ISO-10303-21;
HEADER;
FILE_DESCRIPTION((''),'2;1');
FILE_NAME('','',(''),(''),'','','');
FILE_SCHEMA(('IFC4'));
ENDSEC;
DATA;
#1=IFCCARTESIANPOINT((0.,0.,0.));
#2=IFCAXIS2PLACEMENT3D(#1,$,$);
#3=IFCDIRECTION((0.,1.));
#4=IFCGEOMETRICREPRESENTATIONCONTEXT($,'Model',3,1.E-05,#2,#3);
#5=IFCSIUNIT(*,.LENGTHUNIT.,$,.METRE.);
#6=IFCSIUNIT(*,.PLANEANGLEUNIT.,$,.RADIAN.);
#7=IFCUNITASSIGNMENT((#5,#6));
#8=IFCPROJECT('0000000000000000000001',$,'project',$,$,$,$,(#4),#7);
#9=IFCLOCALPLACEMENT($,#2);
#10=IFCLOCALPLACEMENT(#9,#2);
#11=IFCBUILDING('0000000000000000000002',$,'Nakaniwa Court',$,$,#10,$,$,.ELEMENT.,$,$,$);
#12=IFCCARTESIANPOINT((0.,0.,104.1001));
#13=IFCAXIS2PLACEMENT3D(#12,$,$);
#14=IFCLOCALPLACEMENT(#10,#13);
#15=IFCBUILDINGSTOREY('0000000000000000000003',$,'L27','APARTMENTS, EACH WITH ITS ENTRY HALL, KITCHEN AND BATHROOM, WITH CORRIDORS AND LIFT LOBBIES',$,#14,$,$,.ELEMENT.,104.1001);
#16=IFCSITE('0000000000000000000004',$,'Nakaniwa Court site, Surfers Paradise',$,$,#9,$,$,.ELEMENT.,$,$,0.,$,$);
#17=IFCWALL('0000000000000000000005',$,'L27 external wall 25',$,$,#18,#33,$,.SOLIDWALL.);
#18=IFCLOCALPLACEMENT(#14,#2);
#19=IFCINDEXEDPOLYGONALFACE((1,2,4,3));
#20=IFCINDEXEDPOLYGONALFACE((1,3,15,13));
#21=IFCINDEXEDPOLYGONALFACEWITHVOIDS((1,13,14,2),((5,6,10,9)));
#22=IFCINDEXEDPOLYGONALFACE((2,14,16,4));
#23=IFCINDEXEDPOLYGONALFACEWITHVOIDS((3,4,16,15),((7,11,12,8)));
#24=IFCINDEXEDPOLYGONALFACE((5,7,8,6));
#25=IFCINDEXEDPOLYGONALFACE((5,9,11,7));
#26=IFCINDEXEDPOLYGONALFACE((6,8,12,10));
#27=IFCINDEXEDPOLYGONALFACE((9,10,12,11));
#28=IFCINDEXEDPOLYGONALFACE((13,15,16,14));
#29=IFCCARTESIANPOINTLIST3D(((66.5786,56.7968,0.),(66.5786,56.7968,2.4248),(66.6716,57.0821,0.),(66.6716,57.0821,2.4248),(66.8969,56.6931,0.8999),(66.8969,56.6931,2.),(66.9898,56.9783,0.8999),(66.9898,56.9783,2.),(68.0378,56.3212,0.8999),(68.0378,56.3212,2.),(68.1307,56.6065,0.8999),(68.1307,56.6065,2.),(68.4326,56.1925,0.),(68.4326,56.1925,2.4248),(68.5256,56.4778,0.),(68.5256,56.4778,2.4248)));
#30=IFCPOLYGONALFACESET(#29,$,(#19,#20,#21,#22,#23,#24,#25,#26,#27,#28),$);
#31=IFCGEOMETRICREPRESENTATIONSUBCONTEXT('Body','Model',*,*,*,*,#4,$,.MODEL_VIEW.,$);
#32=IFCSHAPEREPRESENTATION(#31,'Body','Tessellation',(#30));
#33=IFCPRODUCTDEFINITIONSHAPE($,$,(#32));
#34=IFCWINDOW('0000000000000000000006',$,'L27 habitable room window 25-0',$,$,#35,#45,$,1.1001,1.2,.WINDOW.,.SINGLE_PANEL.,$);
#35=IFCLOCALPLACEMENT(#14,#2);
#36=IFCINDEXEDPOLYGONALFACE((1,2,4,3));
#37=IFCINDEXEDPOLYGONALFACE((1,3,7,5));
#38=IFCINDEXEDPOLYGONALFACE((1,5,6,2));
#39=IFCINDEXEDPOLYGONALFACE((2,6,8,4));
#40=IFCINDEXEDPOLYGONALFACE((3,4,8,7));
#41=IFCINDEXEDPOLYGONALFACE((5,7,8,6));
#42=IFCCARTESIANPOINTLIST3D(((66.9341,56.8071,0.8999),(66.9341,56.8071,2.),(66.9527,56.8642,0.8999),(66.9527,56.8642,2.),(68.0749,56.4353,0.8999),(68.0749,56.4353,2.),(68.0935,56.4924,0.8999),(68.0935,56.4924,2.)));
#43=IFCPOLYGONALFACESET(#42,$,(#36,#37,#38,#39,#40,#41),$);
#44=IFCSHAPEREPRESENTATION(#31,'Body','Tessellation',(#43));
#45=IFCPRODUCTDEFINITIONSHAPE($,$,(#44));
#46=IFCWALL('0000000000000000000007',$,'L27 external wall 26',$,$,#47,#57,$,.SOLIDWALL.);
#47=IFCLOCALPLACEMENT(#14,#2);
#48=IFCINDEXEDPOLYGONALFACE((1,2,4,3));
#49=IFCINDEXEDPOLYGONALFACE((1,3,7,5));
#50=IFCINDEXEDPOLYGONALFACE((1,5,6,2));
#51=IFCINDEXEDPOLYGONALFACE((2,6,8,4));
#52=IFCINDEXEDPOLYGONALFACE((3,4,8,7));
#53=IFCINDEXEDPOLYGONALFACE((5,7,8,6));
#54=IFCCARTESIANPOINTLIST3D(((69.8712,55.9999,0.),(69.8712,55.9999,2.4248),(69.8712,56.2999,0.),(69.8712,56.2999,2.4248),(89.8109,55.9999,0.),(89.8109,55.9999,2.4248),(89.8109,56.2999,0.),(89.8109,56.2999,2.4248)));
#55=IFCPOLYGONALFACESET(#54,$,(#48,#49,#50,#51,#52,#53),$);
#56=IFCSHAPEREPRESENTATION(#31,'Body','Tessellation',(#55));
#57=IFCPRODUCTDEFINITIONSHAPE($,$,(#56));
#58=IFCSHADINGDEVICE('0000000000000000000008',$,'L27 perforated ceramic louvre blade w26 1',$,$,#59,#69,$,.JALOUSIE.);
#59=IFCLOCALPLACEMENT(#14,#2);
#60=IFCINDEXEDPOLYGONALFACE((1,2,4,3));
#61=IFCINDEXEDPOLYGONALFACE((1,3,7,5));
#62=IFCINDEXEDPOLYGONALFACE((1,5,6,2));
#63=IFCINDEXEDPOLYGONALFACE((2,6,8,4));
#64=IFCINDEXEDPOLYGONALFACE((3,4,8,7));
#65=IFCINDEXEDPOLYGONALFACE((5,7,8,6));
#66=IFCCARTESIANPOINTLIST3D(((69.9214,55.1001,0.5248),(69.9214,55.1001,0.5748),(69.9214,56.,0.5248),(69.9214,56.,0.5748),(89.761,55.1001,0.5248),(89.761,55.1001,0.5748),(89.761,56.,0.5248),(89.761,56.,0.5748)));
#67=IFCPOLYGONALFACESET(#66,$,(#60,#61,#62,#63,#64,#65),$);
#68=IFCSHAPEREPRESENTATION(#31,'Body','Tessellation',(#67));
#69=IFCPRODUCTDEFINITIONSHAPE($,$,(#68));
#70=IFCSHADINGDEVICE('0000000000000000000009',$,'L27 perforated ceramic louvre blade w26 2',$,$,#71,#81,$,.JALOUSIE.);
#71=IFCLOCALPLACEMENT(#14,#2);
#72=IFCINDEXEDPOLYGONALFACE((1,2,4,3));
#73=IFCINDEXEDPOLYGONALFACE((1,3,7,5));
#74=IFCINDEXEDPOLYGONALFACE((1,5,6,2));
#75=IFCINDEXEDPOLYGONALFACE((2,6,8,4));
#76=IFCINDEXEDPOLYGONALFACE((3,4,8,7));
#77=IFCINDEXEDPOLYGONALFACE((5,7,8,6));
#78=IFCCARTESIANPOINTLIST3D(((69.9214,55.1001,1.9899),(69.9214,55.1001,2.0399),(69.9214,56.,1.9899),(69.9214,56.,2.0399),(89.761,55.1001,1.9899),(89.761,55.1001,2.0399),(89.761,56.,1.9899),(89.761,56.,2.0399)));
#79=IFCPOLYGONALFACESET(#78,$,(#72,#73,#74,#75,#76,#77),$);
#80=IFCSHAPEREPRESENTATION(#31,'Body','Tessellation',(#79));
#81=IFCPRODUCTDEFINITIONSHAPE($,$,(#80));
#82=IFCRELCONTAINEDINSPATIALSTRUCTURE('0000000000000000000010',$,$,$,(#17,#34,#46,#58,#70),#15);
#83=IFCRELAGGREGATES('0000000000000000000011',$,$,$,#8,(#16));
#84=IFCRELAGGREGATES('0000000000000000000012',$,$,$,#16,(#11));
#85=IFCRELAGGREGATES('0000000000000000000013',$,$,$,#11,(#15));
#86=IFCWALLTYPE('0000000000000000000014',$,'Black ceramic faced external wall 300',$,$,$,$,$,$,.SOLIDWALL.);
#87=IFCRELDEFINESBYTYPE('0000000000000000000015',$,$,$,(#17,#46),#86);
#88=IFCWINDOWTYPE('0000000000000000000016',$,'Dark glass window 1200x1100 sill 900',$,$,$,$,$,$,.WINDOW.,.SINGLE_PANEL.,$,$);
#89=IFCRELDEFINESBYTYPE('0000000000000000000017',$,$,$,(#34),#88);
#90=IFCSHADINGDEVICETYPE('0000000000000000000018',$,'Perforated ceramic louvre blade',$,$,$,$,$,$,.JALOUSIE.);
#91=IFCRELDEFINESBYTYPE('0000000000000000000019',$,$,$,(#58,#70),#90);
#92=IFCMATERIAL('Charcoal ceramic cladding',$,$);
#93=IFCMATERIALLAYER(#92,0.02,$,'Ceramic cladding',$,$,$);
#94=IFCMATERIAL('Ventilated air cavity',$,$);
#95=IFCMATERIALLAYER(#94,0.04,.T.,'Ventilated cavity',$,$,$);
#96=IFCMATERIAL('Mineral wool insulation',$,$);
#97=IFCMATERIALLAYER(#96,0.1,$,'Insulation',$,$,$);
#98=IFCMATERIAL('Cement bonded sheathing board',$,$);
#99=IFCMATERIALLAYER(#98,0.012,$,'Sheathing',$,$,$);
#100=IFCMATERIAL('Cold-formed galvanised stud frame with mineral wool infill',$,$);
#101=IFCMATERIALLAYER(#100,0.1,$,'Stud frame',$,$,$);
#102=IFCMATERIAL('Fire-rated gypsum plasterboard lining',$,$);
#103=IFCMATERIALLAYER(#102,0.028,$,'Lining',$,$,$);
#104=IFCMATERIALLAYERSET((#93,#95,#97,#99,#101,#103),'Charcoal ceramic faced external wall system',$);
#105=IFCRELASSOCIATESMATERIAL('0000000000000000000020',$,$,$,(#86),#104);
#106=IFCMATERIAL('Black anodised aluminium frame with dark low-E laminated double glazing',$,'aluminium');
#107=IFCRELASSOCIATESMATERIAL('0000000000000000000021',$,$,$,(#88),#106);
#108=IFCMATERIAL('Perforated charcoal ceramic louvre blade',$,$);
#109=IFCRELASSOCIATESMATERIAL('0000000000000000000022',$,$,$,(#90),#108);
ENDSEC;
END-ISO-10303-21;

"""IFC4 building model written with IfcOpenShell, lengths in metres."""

from ifc_helpers import new_model, si_unit, direction, frame, frame_2d, origin, origin_2d, place, context, subcontext, project, spatial, rectangle, extrude, material, layer, layer_set, material_profile, profile_set, type_object, element, fill, save


model = new_model("IFC4")

# Units and contexts
model_context = context("Model", 3, precision=1e-05, world=origin(), true_north=direction((0.0, 1.0)))
body_context = subcontext(model_context, "Body", "Model", "MODEL_VIEW")
ifc_project = project(units=[si_unit("LENGTHUNIT", "METRE"), si_unit("PLANEANGLEUNIT", "RADIAN")], contexts=[model_context])

# Site, building, storey
site_placement = place(None, origin())
site = spatial("IfcSite", under=ifc_project, at=site_placement, Name="Nakaniwa Court site, Surfers Paradise", CompositionType="ELEMENT", RefElevation=0.0)
building_placement = place(site_placement, origin())
building = spatial("IfcBuilding", under=site, at=building_placement, Name="Nakaniwa Court", CompositionType="ELEMENT")
storey_placement = place(building_placement, frame((0.0, 0.0, 104.1001)))
storey = spatial("IfcBuildingStorey", under=building, at=storey_placement, Name="L27", Description="APARTMENTS, EACH WITH ITS ENTRY HALL, KITCHEN AND BATHROOM, WITH CORRIDORS AND LIFT LOBBIES", CompositionType="ELEMENT", Elevation=104.1001)

# Wall, opening, window
ifc_material_1 = material(Name="Charcoal ceramic cladding")
ifc_layer_1 = layer(ifc_material_1, 0.02, Name="Ceramic cladding")
ifc_material_2 = material(Name="Ventilated air cavity")
ifc_layer_2 = layer(ifc_material_2, 0.04, ventilated=True, Name="Ventilated cavity")
ifc_material_3 = material(Name="Mineral wool insulation")
ifc_layer_3 = layer(ifc_material_3, 0.1, Name="Insulation")
ifc_material_4 = material(Name="Cement bonded sheathing board")
ifc_layer_4 = layer(ifc_material_4, 0.012, Name="Sheathing")
ifc_material_5 = material(Name="Cold-formed galvanised stud frame with mineral wool infill")
ifc_layer_5 = layer(ifc_material_5, 0.1, Name="Stud frame")
ifc_material_6 = material(Name="Fire-rated gypsum plasterboard lining")
ifc_layer_6 = layer(ifc_material_6, 0.028, Name="Lining")
ifc_layer_set_1 = layer_set([ifc_layer_1, ifc_layer_2, ifc_layer_3, ifc_layer_4, ifc_layer_5, ifc_layer_6], Name="Charcoal ceramic faced external wall system")
wall_type_1 = type_object("IfcWallType", Name="Black ceramic faced external wall 300", PredefinedType="SOLIDWALL", material=ifc_layer_set_1)
ifc_material_7 = material(Name="Black anodised aluminium frame with dark low-E laminated double glazing", Category="aluminium")
window_type_1 = type_object("IfcWindowType", Name="Dark glass window 1200x1100 sill 900", PartitioningType="SINGLE_PANEL", PredefinedType="WINDOW", material=ifc_material_7)
wall_1_placement = place(storey_placement, frame((66.625, 56.9395, 0.0), z_axis=(0.0, 0.0, 1.0), x_axis=(0.950778, -0.309873, 0.0)))
wall_1 = element("IfcWall", 1, at=wall_1_placement, inside=storey, type_object=wall_type_1, Name="L27 external wall 25", PredefinedType="SOLIDWALL", context=body_context, shape_type="SweptSolid", body=[
    extrude(rectangle(XDim=1.95, YDim=0.3, at=frame_2d((0.9751, 0.0))), origin(), (0.0, 0.0, 1.0), 2.4248),
])
opening_1_placement = place(wall_1_placement, frame((0.3347, 0.0, 0.8999)))
opening_1 = element("IfcOpeningElement", 2, at=opening_1_placement, cuts=wall_1, PredefinedType="OPENING", context=body_context, shape_type="SweptSolid", body=[
    extrude(rectangle(XDim=1.2, YDim=1.1001, at=frame_2d((0.6001, 0.55))), frame((0.0, 0.1599, 0.0), z_axis=(0.0, -1.0, 0.0), x_axis=(1.0, 0.0, 0.0)), (0.0, 0.0, 1.0), 0.3201),
])
window_1_placement = place(opening_1_placement, origin())
window_1 = element("IfcWindow", 3, at=window_1_placement, inside=storey, type_object=window_type_1, Name="L27 habitable room window 25-0", OverallHeight=1.1001, OverallWidth=1.2, PartitioningType="SINGLE_PANEL", PredefinedType="WINDOW", context=body_context, shape_type="SweptSolid", body=[
    extrude(rectangle(XDim=1.2, YDim=1.1001, at=frame_2d((0.6001, 0.55))), frame((0.0, 0.03, 0.0), z_axis=(0.0, -1.0, 0.0), x_axis=(1.0, 0.0, 0.0)), (0.0, 0.0, 1.0), 0.0601),
])
fill(opening_1, window_1)

# Wall
wall_2_placement = place(storey_placement, frame((69.8713, 56.1499, 0.0), z_axis=(0.0, 0.0, 1.0), x_axis=(1.0, 0.0, 0.0)))
element("IfcWall", 4, at=wall_2_placement, inside=storey, type_object=wall_type_1, Name="L27 external wall 26", PredefinedType="SOLIDWALL", context=body_context, shape_type="SweptSolid", body=[
    extrude(rectangle(XDim=19.9397, YDim=0.3, at=frame_2d((9.9697, 0.0))), origin(), (0.0, 0.0, 1.0), 2.4248),
])

# Shading devices
ifc_material_8 = material(Name="Perforated charcoal ceramic louvre blade")
ifc_material_profile_1 = material_profile(ifc_material_8, rectangle(XDim=0.8999, YDim=0.05, at=origin_2d()), Name="Perforated ceramic louvre blade")
ifc_profile_set_1 = profile_set([ifc_material_profile_1], Name="Perforated charcoal ceramic louvre blade")
shading_device_type = type_object("IfcShadingDeviceType", Name="Perforated ceramic louvre blade", PredefinedType="JALOUSIE", material=ifc_profile_set_1)
for number, where, z_axis, x_axis, name in (
    (5, (69.9214, 55.55, 0.5498), (1.0, 0.0, 0.0), (0.0, 1.0, 0.0), "L27 perforated ceramic louvre blade w26 1"),
    (6, (69.9214, 55.55, 2.0149), (1.0, 0.0, 0.0), (0.0, 1.0, 0.0), "L27 perforated ceramic louvre blade w26 2"),
):
    element("IfcShadingDevice", number, at=place(storey_placement, frame(where, z_axis=z_axis, x_axis=x_axis)), inside=storey, type_object=shading_device_type, Name=name, PredefinedType="JALOUSIE", context=body_context, shape_type="SweptSolid", body=[
        extrude(rectangle(XDim=0.8999, YDim=0.05, at=origin_2d()), origin(), (0.0, 0.0, 1.0), 19.8396),
    ])

save(model, "model.ifc")
